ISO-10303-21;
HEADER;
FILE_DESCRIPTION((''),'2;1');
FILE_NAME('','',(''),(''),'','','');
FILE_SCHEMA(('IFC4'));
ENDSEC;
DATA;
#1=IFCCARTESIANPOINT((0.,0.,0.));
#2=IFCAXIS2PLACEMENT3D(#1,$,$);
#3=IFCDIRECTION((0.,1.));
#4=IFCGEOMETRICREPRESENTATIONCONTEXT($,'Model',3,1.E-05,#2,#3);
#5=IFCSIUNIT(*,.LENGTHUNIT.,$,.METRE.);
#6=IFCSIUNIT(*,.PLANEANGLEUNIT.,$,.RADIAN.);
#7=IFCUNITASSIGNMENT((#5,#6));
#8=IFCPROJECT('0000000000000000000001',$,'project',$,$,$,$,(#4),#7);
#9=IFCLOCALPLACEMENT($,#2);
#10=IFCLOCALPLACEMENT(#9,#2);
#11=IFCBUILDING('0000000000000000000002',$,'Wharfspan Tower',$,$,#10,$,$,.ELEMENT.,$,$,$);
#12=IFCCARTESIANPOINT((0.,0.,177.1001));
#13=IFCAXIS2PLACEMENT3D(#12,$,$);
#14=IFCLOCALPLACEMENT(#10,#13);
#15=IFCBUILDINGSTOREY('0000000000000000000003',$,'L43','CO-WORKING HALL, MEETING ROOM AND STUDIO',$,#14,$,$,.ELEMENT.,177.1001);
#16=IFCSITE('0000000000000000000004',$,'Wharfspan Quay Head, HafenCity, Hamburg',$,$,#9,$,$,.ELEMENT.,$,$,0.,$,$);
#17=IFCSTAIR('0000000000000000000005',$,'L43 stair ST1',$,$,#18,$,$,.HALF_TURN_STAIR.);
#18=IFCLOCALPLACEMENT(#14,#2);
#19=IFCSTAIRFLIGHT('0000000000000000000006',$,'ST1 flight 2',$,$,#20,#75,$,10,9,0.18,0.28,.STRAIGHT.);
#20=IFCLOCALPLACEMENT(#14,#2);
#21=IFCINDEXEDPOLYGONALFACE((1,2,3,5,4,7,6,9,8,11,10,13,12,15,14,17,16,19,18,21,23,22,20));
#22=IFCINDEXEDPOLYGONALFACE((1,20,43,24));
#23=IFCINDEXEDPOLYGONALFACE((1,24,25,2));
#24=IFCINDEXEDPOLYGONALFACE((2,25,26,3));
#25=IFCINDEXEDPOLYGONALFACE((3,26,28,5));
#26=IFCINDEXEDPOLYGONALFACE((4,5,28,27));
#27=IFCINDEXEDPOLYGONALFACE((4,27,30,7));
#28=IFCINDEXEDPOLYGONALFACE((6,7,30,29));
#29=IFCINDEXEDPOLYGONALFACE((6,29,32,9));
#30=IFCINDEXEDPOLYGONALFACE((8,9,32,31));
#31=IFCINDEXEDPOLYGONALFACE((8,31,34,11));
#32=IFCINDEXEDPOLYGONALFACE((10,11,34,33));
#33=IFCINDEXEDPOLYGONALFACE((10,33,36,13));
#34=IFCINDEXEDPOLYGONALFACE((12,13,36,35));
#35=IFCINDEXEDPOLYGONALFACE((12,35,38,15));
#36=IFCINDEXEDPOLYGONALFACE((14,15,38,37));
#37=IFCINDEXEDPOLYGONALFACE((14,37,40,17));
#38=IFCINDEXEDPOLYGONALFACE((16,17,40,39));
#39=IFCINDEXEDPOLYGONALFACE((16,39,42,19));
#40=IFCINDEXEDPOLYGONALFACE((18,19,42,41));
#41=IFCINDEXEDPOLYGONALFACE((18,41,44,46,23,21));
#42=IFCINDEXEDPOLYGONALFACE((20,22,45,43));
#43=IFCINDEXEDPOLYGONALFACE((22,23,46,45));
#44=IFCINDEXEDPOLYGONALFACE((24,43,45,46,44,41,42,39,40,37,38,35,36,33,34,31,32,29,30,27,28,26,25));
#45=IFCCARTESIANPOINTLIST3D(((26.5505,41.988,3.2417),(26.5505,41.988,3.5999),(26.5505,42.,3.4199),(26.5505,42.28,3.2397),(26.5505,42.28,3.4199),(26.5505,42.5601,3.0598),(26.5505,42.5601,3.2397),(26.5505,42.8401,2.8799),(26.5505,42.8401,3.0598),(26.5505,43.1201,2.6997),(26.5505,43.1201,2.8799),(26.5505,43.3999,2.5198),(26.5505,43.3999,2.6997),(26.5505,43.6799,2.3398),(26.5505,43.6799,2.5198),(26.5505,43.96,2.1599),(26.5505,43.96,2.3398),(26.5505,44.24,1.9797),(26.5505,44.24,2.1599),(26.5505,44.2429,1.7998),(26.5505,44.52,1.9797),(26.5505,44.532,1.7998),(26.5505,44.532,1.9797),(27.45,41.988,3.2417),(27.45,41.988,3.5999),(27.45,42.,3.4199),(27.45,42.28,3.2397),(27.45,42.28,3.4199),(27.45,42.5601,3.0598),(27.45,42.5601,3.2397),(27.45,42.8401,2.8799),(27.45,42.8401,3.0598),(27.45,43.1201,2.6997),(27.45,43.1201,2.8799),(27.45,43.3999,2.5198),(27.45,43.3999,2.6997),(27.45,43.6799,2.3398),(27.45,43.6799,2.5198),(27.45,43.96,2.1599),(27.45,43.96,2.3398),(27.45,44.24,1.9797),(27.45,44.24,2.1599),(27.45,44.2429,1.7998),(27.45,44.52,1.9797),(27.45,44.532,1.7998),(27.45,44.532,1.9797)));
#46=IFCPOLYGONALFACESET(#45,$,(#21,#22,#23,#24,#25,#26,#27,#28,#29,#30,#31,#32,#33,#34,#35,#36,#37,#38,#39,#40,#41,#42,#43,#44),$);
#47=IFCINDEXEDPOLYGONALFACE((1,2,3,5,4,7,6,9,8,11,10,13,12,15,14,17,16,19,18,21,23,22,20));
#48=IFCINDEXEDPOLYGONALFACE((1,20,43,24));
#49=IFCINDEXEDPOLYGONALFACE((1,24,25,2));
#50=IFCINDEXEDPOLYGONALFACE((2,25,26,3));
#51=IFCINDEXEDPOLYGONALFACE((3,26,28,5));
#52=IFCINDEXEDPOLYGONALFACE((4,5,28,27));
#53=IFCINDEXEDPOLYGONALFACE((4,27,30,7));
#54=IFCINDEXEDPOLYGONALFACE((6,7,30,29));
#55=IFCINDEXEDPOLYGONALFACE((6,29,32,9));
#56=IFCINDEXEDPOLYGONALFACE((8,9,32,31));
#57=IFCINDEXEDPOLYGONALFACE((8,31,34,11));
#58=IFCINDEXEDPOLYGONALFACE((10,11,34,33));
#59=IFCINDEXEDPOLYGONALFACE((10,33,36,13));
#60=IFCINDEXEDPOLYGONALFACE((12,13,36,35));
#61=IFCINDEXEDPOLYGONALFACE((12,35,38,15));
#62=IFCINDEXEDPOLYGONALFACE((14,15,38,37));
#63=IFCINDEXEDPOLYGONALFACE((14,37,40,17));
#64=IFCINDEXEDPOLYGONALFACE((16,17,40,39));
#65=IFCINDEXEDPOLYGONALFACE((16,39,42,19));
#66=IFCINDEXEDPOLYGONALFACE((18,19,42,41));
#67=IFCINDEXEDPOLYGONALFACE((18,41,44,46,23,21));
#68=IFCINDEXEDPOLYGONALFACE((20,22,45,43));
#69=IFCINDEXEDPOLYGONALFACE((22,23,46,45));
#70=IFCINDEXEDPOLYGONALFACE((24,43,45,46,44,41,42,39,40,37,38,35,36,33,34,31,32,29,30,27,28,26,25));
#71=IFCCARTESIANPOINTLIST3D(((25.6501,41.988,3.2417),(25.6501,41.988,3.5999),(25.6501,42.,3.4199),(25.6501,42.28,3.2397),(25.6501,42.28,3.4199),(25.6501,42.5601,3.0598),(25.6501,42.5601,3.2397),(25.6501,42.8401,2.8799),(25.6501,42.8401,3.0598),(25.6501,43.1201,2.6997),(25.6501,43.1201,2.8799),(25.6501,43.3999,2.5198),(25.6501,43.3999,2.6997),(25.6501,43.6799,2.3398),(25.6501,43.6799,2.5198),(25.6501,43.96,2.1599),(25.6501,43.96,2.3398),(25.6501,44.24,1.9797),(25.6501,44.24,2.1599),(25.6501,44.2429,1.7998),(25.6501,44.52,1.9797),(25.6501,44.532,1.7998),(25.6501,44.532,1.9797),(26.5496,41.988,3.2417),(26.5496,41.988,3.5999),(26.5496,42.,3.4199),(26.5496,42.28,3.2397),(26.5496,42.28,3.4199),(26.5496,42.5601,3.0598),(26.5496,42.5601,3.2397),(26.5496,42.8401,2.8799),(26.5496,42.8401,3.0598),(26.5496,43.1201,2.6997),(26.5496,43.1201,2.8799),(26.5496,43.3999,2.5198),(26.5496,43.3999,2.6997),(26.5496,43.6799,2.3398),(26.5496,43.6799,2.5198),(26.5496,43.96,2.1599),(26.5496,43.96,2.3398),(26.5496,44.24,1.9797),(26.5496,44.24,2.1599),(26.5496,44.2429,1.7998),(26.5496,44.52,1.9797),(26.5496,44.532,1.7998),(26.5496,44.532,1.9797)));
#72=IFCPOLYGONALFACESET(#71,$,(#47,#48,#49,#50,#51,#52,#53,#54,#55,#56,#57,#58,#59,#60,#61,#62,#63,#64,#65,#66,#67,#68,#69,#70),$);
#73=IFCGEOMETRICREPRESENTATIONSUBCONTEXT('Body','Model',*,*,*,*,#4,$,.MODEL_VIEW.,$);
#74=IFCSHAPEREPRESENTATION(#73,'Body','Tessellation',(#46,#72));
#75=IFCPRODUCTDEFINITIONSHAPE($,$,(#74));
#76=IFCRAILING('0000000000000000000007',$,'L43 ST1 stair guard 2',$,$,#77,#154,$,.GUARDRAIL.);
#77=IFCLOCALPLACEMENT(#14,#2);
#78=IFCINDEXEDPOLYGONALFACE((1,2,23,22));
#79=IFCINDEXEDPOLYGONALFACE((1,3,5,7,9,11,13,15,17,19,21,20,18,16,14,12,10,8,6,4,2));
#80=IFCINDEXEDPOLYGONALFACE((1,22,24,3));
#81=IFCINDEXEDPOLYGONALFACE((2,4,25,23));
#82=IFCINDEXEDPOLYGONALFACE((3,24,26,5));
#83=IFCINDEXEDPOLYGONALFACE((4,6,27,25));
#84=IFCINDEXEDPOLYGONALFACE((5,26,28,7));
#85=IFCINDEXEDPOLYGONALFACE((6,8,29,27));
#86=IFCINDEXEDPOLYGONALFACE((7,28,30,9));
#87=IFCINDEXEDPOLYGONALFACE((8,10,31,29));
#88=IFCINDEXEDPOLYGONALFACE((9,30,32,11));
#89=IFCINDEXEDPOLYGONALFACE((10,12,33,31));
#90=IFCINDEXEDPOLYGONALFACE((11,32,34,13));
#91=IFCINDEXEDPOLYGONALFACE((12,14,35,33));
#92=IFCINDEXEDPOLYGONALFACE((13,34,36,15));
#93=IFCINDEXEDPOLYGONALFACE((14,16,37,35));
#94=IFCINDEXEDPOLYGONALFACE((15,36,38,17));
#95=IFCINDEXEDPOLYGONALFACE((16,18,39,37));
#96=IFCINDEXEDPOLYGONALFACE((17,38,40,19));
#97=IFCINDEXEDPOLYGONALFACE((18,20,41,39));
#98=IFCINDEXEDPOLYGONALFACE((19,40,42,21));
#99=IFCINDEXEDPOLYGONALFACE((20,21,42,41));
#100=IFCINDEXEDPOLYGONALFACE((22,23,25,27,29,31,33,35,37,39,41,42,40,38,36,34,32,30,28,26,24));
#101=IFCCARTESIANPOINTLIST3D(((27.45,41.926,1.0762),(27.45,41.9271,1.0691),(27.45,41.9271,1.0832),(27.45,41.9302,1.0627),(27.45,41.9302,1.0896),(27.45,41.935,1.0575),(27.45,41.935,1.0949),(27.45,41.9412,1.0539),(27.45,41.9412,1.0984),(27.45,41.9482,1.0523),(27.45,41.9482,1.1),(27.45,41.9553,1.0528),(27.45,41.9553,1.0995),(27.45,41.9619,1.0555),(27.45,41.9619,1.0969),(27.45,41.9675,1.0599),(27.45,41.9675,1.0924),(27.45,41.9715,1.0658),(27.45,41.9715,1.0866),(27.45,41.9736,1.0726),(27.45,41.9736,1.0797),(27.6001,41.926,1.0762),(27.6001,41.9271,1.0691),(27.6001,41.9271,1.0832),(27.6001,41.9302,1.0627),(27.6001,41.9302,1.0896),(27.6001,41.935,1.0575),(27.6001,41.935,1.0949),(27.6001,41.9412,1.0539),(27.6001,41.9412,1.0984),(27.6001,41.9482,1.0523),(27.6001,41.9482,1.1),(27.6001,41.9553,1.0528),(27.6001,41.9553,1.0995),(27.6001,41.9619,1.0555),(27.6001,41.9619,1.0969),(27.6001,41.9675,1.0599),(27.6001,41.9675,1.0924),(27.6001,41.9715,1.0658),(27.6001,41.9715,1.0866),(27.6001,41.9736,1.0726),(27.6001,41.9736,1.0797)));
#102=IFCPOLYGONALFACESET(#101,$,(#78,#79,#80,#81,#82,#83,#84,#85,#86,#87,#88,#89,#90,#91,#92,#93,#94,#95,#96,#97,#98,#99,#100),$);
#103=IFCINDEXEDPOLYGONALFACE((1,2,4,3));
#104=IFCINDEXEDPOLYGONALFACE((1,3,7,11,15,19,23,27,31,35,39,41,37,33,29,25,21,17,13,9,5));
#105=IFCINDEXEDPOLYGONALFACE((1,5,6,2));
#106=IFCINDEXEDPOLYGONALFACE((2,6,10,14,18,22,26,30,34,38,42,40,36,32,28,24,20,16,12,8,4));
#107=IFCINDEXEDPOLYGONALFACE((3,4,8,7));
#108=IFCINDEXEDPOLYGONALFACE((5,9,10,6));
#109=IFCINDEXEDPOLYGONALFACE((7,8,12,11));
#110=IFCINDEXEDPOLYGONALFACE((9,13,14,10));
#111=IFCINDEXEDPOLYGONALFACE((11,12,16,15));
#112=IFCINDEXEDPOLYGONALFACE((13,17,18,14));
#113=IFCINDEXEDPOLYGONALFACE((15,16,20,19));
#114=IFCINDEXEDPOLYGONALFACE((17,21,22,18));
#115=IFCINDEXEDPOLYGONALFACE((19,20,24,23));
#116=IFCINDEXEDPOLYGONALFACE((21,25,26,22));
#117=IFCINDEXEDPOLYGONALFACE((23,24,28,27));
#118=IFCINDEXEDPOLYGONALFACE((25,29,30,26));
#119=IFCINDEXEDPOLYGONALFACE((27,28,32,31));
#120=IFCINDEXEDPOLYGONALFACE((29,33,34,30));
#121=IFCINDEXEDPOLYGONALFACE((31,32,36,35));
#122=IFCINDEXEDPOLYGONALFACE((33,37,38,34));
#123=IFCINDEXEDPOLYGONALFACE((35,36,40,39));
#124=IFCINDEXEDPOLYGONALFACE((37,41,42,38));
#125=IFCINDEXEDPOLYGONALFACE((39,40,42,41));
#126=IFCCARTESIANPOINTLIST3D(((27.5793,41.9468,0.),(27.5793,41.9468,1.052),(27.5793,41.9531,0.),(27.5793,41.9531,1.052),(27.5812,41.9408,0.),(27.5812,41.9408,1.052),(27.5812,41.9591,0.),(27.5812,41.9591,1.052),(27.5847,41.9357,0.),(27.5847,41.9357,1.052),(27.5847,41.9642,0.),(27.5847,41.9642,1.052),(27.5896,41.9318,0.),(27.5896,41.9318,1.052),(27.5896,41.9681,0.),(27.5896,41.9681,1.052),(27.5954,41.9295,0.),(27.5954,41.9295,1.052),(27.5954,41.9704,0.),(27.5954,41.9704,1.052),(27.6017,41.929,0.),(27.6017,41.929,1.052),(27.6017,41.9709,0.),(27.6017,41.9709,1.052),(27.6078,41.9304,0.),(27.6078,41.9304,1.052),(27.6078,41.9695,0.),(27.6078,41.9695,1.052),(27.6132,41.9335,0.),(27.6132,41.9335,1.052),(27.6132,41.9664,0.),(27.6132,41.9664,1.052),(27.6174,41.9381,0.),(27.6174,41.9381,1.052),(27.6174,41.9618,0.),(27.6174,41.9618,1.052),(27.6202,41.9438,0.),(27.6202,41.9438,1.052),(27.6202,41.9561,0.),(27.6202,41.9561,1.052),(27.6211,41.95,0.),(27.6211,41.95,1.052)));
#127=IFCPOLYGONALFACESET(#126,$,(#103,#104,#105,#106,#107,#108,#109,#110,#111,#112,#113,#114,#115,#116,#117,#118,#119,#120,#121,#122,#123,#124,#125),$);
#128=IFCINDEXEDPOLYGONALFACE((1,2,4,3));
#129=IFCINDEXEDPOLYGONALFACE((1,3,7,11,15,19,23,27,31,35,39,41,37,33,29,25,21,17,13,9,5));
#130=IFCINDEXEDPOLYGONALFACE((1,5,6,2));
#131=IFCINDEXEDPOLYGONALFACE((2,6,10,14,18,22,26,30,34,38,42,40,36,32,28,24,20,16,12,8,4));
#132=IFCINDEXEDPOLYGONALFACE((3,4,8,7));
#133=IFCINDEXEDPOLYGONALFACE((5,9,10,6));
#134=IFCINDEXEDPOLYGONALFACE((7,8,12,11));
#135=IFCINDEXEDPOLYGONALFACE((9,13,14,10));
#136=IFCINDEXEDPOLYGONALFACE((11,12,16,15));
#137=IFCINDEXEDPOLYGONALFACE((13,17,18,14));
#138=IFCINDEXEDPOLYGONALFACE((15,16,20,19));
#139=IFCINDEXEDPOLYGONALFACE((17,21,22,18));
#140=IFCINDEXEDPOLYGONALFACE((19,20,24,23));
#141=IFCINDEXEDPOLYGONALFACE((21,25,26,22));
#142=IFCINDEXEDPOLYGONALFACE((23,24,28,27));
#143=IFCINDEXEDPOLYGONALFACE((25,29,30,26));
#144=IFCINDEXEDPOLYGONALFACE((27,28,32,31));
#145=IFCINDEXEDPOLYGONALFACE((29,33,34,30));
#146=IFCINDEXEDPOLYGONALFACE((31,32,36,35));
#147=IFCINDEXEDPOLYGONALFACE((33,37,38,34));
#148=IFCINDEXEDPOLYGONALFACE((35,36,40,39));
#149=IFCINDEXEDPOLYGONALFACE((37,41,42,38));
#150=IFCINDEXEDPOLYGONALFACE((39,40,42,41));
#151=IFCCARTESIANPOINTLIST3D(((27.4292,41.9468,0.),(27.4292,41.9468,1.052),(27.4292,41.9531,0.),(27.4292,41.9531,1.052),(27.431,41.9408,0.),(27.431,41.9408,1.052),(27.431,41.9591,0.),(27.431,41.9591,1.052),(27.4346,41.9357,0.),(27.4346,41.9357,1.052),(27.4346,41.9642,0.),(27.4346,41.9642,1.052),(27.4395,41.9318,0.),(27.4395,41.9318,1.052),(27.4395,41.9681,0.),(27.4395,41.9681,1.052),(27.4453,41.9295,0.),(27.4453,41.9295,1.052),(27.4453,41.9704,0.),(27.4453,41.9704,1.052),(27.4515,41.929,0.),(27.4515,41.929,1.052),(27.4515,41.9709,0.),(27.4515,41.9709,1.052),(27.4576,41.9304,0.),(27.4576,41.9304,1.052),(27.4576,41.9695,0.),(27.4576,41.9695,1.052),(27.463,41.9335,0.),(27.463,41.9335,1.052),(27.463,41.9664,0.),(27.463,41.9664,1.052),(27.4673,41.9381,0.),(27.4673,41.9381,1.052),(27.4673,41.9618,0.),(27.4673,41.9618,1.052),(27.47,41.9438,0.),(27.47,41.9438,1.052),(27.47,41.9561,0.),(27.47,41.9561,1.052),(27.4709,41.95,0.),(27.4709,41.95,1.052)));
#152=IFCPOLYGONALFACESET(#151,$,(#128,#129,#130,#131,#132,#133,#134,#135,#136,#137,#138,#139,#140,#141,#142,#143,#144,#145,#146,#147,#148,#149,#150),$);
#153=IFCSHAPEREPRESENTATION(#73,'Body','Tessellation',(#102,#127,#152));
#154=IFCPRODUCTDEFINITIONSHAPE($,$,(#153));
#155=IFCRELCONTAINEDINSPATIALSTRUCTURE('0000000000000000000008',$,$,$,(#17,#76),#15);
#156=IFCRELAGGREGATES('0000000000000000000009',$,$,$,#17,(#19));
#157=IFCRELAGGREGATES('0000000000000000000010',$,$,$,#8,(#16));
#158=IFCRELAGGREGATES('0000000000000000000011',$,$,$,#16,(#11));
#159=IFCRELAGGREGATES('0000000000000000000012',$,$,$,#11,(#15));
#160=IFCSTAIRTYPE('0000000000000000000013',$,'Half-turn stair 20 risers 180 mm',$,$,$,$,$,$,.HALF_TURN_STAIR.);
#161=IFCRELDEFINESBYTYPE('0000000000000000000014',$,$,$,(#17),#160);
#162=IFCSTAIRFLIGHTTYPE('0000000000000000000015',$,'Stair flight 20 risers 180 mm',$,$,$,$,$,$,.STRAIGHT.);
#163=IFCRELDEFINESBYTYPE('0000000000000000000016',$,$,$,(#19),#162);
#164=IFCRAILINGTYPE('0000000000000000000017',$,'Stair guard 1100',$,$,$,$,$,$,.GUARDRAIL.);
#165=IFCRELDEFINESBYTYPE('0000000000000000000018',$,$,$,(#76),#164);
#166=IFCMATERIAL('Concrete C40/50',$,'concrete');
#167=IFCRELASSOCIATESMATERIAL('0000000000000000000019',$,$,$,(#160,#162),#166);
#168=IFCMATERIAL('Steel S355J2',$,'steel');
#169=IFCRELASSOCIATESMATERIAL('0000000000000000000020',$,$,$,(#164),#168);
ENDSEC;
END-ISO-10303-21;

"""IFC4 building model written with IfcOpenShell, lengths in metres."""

from ifc_helpers import new_model, si_unit, direction, frame, origin, origin_2d, place, context, subcontext, project, spatial, polyline, circle, outline, extrude, material, type_object, element, aggregate, save


model = new_model("IFC4")

# Units and contexts
model_context = context("Model", 3, precision=1e-05, world=origin(), true_north=direction((0.0, 1.0)))
body_context = subcontext(model_context, "Body", "Model", "MODEL_VIEW")
ifc_project = project(units=[si_unit("LENGTHUNIT", "METRE"), si_unit("PLANEANGLEUNIT", "RADIAN")], contexts=[model_context])

# Site, building, storey
site_placement = place(None, origin())
site = spatial("IfcSite", under=ifc_project, at=site_placement, Name="Wharfspan Quay Head, HafenCity, Hamburg", CompositionType="ELEMENT", RefElevation=0.0)
building_placement = place(site_placement, origin())
building = spatial("IfcBuilding", under=site, at=building_placement, Name="Wharfspan Tower", CompositionType="ELEMENT")
storey_placement = place(building_placement, frame((0.0, 0.0, 177.1001)))
storey = spatial("IfcBuildingStorey", under=building, at=storey_placement, Name="L43", Description="CO-WORKING HALL, MEETING ROOM AND STUDIO", CompositionType="ELEMENT", Elevation=177.1001)

# Shared definitions
ifc_material_1 = material(Name="Steel S355J2", Category="steel")

# Shared definitions
ifc_material_2 = material(Name="Concrete C40/50", Category="concrete")

# Stair, stair flight
stair_type = type_object("IfcStairType", Name="Half-turn stair 20 risers 180 mm", PredefinedType="HALF_TURN_STAIR", material=ifc_material_2)
stair_placement = place(storey_placement, origin())
stair = element("IfcStair", 1, at=stair_placement, inside=storey, type_object=stair_type, Name="L43 stair ST1", PredefinedType="HALF_TURN_STAIR")
stair_flight_type = type_object("IfcStairFlightType", Name="Stair flight 20 risers 180 mm", PredefinedType="STRAIGHT", material=ifc_material_2)
stair_flight_1_placement = place(storey_placement, frame((26.55, 44.52, 1.7998), z_axis=(0.0, 0.0, 1.0), x_axis=(0.0, -1.0, 0.0)))
stair_flight_1 = element("IfcStairFlight", 2, at=stair_flight_1_placement, type_object=stair_flight_type, Name="ST1 flight 2", NumberOfRisers=10, NumberOfTreads=9, PredefinedType="STRAIGHT", RiserHeight=0.18, TreadLength=0.28, context=body_context, shape_type="SweptSolid", body=[
    extrude(outline(polyline([(-0.012, 0.0), (-0.012, 0.1799), (0.0, 0.1799), (0.28, 0.1799), (0.28, 0.3601), (0.5601, 0.3601), (0.5601, 0.54), (0.8401, 0.54), (0.8401, 0.72), (1.1201, 0.72), (1.1201, 0.8999), (1.3999, 0.8999), (1.3999, 1.0801), (1.6799, 1.0801), (1.6799, 1.26), (1.96, 1.26), (1.96, 1.4399), (2.24, 1.4399), (2.24, 1.6201), (2.52, 1.6201), (2.532, 1.8), (2.532, 1.4419), (0.2771, 0.0), (-0.012, 0.0)])), frame((0.0, 0.8999, 0.0), z_axis=(0.0, -1.0, 0.0), x_axis=(1.0, 0.0, 0.0)), (0.0, 0.0, 1.0), 0.8994),
    extrude(outline(polyline([(-0.012, 0.0), (-0.012, 0.1799), (0.0, 0.1799), (0.28, 0.1799), (0.28, 0.3601), (0.5601, 0.3601), (0.5601, 0.54), (0.8401, 0.54), (0.8401, 0.72), (1.1201, 0.72), (1.1201, 0.8999), (1.3999, 0.8999), (1.3999, 1.0801), (1.6799, 1.0801), (1.6799, 1.26), (1.96, 1.26), (1.96, 1.4399), (2.24, 1.4399), (2.24, 1.6201), (2.52, 1.6201), (2.532, 1.8), (2.532, 1.4419), (0.2771, 0.0), (-0.012, 0.0)])), frame((0.0, -0.0005, 0.0), z_axis=(0.0, -1.0, 0.0), x_axis=(1.0, 0.0, 0.0)), (0.0, 0.0, 1.0), 0.8994),
])
aggregate(stair, [stair_flight_1])

# Railing
railing_type_1 = type_object("IfcRailingType", Name="Stair guard 1100", PredefinedType="GUARDRAIL", material=ifc_material_1)
railing_1_placement = place(storey_placement, frame((27.6001, 41.95, 0.0)))
element("IfcRailing", 3, at=railing_1_placement, inside=storey, type_object=railing_type_1, Name="L43 ST1 stair guard 2", PredefinedType="GUARDRAIL", context=body_context, shape_type="SweptSolid", body=[
    extrude(circle(Radius=0.0239, at=origin_2d()), frame((0.0, 0.0, 1.0762), z_axis=(-1.0, 0.0, 0.0), x_axis=(0.0, -1.0, 0.0)), (0.0, 0.0, 1.0), 0.1501),
    extrude(circle(Radius=0.021, at=origin_2d()), origin(), (0.0, 0.0, 1.0), 1.052),
    extrude(circle(Radius=0.021, at=origin_2d()), frame((-0.1501, 0.0, 0.0)), (0.0, 0.0, 1.0), 1.052),
])

save(model, "model.ifc")
